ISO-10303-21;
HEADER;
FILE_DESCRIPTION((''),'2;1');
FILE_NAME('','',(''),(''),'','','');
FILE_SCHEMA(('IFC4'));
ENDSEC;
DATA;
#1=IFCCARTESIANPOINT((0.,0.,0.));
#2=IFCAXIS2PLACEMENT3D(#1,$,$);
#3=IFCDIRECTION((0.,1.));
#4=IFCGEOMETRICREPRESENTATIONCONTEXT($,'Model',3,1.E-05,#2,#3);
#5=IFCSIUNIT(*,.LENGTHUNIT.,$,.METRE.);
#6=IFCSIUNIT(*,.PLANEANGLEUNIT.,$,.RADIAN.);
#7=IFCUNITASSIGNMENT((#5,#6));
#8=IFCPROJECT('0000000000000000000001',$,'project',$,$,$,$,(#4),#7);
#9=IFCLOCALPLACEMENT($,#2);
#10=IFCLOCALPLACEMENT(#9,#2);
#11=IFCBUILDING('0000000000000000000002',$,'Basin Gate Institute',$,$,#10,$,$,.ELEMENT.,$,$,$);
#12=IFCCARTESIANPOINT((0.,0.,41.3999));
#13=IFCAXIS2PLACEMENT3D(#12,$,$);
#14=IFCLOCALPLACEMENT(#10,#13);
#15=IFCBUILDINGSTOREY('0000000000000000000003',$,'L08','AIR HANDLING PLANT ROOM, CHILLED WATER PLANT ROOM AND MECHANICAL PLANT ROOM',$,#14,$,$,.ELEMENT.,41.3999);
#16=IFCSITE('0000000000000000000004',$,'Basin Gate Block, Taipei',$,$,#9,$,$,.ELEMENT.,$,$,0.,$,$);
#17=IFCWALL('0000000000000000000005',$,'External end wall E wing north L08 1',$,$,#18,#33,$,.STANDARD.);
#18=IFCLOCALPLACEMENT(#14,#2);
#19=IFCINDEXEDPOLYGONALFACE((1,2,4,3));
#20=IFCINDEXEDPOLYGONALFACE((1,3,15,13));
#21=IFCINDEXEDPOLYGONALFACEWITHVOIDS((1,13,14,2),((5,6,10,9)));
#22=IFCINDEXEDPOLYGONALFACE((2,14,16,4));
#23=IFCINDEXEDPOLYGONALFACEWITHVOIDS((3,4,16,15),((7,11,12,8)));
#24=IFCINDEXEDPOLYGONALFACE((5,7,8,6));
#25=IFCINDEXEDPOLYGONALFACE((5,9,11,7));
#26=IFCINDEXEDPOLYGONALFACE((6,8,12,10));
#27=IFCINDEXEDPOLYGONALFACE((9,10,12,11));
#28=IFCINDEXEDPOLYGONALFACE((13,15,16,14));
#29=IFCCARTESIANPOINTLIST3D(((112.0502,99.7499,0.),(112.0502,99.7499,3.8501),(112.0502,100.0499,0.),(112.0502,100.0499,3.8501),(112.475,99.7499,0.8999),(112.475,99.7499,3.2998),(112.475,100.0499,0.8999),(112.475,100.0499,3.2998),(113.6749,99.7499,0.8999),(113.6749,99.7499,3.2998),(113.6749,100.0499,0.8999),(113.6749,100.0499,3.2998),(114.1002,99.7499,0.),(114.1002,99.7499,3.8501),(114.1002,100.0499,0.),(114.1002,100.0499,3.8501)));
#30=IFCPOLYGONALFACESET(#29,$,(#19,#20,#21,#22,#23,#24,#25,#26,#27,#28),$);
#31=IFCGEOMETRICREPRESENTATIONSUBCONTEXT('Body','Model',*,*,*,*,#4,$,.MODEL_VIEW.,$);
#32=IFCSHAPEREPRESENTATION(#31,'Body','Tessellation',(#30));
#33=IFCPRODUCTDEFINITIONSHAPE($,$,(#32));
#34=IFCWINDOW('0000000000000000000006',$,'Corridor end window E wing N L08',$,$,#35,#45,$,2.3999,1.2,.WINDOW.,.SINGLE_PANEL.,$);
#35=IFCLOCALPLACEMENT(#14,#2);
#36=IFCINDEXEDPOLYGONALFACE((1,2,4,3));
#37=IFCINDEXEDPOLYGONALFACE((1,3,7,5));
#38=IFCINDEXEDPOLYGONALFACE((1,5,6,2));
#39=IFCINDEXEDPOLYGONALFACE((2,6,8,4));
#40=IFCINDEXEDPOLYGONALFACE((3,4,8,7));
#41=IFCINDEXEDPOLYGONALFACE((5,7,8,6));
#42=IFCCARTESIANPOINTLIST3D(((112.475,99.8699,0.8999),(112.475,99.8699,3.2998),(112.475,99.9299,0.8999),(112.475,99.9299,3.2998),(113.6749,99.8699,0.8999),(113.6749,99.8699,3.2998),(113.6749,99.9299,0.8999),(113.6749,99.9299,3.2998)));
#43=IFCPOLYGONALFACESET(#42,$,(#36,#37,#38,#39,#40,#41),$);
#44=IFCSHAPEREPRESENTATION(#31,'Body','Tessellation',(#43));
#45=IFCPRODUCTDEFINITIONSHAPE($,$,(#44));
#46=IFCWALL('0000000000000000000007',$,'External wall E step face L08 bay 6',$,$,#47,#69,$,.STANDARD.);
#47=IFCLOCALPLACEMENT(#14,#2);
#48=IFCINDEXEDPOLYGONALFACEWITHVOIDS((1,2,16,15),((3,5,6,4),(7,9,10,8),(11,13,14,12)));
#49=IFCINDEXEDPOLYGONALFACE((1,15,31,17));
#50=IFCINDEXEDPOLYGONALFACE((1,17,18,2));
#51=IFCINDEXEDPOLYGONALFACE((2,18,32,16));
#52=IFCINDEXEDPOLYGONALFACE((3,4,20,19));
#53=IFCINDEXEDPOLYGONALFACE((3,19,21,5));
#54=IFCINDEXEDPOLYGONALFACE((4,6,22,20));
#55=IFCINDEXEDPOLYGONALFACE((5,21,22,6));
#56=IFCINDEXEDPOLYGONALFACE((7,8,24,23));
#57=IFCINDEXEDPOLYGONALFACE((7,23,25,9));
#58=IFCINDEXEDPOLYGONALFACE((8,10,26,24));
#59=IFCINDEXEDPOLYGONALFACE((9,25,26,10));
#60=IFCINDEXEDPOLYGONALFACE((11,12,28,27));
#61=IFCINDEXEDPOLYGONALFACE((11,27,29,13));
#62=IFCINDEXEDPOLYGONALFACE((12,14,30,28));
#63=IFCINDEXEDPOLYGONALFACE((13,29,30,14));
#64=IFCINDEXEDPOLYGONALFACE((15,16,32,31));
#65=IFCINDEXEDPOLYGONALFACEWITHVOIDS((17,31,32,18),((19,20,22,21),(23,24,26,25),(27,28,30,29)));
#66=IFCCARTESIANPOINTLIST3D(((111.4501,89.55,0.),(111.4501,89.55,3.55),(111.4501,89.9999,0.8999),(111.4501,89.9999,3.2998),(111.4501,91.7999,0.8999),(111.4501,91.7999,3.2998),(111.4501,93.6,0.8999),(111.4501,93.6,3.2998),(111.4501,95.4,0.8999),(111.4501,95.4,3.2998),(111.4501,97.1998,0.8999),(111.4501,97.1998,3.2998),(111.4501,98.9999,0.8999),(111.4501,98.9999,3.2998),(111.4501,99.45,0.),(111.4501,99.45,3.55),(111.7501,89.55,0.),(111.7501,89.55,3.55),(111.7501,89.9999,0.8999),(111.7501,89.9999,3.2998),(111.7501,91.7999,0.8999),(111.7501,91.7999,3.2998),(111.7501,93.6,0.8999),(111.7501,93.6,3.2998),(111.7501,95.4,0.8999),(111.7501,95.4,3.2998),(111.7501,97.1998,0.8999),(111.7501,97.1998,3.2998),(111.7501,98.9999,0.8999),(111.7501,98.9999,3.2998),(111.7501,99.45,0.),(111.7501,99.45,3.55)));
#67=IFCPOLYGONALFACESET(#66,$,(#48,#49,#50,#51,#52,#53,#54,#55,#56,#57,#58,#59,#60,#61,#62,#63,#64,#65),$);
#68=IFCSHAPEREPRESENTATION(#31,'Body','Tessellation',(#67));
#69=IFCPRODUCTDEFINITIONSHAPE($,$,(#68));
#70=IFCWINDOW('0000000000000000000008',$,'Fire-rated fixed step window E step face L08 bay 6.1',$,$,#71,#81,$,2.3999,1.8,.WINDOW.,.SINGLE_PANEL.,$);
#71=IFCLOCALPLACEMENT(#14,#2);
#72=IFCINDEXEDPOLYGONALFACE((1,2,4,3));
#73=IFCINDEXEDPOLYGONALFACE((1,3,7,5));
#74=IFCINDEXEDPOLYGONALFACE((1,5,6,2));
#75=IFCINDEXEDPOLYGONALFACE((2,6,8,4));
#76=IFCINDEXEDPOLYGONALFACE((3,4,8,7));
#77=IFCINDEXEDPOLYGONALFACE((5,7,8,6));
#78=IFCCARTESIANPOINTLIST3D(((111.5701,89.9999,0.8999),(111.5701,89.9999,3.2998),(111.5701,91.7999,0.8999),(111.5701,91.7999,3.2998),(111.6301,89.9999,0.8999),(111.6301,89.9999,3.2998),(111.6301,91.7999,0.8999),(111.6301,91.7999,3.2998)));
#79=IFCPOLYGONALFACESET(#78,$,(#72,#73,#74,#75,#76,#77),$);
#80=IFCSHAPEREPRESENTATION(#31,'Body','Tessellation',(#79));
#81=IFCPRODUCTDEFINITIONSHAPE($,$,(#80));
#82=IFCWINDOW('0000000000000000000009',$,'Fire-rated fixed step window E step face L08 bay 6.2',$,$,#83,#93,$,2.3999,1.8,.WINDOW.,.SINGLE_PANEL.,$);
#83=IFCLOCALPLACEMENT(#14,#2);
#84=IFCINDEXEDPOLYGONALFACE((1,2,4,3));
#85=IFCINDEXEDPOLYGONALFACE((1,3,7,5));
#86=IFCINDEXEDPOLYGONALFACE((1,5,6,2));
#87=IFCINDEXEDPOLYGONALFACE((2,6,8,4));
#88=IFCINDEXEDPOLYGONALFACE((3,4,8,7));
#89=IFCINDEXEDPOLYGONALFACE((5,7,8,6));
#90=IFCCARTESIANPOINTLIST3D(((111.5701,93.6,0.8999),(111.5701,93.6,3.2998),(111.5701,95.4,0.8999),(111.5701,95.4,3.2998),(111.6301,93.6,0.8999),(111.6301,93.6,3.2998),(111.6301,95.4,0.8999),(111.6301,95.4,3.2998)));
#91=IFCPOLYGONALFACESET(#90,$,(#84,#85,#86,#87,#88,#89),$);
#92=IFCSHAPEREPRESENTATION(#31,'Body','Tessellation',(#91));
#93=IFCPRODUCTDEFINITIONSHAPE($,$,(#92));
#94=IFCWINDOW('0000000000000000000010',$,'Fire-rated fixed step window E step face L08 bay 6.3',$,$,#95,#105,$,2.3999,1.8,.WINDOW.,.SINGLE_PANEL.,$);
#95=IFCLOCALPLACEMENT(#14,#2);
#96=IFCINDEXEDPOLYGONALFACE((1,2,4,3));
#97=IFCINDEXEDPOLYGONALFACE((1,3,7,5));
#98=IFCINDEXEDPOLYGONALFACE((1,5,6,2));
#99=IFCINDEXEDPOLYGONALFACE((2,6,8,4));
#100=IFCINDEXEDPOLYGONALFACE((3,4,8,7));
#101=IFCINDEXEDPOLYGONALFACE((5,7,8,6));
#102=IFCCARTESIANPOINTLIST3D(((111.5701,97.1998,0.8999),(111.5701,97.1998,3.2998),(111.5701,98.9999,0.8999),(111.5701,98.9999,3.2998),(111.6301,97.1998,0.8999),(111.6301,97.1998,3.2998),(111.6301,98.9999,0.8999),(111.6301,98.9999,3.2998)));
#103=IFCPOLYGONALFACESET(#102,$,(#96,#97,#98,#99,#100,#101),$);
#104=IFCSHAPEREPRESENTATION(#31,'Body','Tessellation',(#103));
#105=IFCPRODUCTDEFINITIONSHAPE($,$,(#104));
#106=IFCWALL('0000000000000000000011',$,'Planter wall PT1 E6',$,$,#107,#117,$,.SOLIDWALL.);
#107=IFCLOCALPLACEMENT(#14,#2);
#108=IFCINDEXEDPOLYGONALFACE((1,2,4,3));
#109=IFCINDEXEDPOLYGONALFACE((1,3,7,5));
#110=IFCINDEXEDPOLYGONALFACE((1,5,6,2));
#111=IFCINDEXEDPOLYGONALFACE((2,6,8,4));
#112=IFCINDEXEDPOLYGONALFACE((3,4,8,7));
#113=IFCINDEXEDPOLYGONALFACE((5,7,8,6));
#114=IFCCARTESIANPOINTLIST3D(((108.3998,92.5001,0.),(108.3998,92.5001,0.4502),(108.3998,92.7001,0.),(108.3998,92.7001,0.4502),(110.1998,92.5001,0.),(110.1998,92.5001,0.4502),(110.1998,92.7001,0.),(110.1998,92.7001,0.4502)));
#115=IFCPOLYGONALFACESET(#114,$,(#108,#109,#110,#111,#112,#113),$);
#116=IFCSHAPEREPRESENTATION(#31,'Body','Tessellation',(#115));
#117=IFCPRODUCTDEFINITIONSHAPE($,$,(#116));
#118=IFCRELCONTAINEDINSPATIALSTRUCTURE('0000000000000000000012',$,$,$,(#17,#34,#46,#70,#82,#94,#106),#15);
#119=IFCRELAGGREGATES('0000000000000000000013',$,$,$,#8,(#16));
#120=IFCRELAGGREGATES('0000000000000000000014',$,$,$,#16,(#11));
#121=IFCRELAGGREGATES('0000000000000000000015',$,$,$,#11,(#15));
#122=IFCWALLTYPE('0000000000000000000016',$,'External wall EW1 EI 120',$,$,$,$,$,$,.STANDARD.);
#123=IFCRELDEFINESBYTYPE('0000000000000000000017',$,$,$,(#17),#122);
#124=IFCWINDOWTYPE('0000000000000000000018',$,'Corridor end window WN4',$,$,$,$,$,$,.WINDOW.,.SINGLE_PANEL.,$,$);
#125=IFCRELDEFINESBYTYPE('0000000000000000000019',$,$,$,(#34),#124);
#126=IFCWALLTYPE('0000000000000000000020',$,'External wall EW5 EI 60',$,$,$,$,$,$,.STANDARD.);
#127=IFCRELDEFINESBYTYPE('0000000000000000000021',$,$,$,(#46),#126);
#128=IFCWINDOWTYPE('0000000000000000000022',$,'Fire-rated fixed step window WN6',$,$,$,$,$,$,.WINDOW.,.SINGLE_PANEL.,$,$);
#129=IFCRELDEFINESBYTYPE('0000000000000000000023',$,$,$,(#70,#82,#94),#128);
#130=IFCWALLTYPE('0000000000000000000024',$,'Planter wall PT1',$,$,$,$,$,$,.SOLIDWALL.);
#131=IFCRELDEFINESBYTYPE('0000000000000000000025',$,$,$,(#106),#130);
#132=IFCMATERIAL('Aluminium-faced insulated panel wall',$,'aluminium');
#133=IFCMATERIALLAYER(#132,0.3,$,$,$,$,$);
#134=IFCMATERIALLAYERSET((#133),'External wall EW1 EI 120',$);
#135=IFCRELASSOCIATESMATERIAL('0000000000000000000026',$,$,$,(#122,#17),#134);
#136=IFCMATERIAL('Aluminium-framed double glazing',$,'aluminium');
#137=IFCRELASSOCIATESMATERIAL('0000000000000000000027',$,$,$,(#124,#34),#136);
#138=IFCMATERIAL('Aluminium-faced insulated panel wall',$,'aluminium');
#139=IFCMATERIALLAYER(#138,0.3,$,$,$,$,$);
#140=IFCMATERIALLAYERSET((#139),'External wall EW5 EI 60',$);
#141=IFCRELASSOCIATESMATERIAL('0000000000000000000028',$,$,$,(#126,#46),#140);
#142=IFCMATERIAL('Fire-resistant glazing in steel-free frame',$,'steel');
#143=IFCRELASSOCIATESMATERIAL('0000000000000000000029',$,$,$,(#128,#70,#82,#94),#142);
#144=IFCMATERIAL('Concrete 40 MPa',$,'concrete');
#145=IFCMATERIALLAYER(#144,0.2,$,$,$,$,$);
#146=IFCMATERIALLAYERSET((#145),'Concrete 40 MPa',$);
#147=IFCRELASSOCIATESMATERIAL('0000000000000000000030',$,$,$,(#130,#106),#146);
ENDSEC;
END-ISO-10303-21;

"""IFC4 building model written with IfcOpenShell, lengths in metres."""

from ifc_helpers import new_model, si_unit, direction, frame, frame_2d, origin, place, context, subcontext, project, spatial, rectangle, extrude, material, layer, layer_set, type_object, element, fill, save


model = new_model("IFC4")

# Units and contexts
model_context = context("Model", 3, precision=1e-05, world=origin(), true_north=direction((0.0, 1.0)))
body_context = subcontext(model_context, "Body", "Model", "MODEL_VIEW")
ifc_project = project(units=[si_unit("LENGTHUNIT", "METRE"), si_unit("PLANEANGLEUNIT", "RADIAN")], contexts=[model_context])

# Site, building, storey
site_placement = place(None, origin())
site = spatial("IfcSite", under=ifc_project, at=site_placement, Name="Basin Gate Block, Taipei", CompositionType="ELEMENT", RefElevation=0.0)
building_placement = place(site_placement, origin())
building = spatial("IfcBuilding", under=site, at=building_placement, Name="Basin Gate Institute", CompositionType="ELEMENT")
storey_placement = place(building_placement, frame((0.0, 0.0, 41.3999)))
storey = spatial("IfcBuildingStorey", under=building, at=storey_placement, Name="L08", Description="AIR HANDLING PLANT ROOM, CHILLED WATER PLANT ROOM AND MECHANICAL PLANT ROOM", CompositionType="ELEMENT", Elevation=41.3999)

# Wall, opening, window
ifc_material_1 = material(Name="Aluminium-faced insulated panel wall", Category="aluminium")
ifc_layer_1 = layer(ifc_material_1, 0.3)
ifc_layer_set_1 = layer_set([ifc_layer_1], Name="External wall EW1 EI 120")
wall_type_1 = type_object("IfcWallType", Name="External wall EW1 EI 120", PredefinedType="STANDARD", material=ifc_layer_set_1)
wall_1_placement = place(storey_placement, frame((114.1001, 99.8999, 0.0), z_axis=(0.0, 0.0, 1.0), x_axis=(-1.0, 0.0, 0.0)))
wall_1 = element("IfcWall", 1, at=wall_1_placement, inside=storey, type_object=wall_type_1, material=ifc_layer_set_1, Name="External end wall E wing north L08 1", PredefinedType="STANDARD", context=body_context, shape_type="SweptSolid", body=[
    extrude(rectangle(XDim=2.05, YDim=0.3, at=frame_2d((1.0249, 0.0))), origin(), (0.0, 0.0, 1.0), 3.8501),
])
opening_1_placement = place(wall_1_placement, frame((0.425, 0.0, 0.8999)))
opening_1 = element("IfcOpeningElement", 2, at=opening_1_placement, cuts=wall_1, PredefinedType="OPENING", context=body_context, shape_type="SweptSolid", body=[
    extrude(rectangle(XDim=1.2, YDim=2.3999, at=frame_2d((0.6001, 1.2))), frame((0.0, 0.1602, 0.0), z_axis=(0.0, -1.0, 0.0), x_axis=(1.0, 0.0, 0.0)), (0.0, 0.0, 1.0), 0.3201),
])
ifc_material_2 = material(Name="Aluminium-framed double glazing", Category="aluminium")
window_type_1 = type_object("IfcWindowType", Name="Corridor end window WN4", PartitioningType="SINGLE_PANEL", PredefinedType="WINDOW", material=ifc_material_2)
window_1_placement = place(opening_1_placement, origin())
window_1 = element("IfcWindow", 3, at=window_1_placement, inside=storey, type_object=window_type_1, material=ifc_material_2, Name="Corridor end window E wing N L08", OverallHeight=2.3999, OverallWidth=1.2, PartitioningType="SINGLE_PANEL", PredefinedType="WINDOW", context=body_context, shape_type="SweptSolid", body=[
    extrude(rectangle(XDim=1.2, YDim=2.3999, at=frame_2d((0.6001, 1.2))), frame((0.0, 0.03, 0.0), z_axis=(0.0, -1.0, 0.0), x_axis=(1.0, 0.0, 0.0)), (0.0, 0.0, 1.0), 0.0601),
])
fill(opening_1, window_1)

# Wall, openings, windows
ifc_material_3 = material(Name="Aluminium-faced insulated panel wall", Category="aluminium")
ifc_layer_2 = layer(ifc_material_3, 0.3)
ifc_layer_set_2 = layer_set([ifc_layer_2], Name="External wall EW5 EI 60")
wall_type_2 = type_object("IfcWallType", Name="External wall EW5 EI 60", PredefinedType="STANDARD", material=ifc_layer_set_2)
wall_2_placement = place(storey_placement, frame((111.6001, 89.55, 0.0), z_axis=(0.0, 0.0, 1.0), x_axis=(0.0, 1.0, 0.0)))
wall_2 = element("IfcWall", 4, at=wall_2_placement, inside=storey, type_object=wall_type_2, material=ifc_layer_set_2, Name="External wall E step face L08 bay 6", PredefinedType="STANDARD", context=body_context, shape_type="SweptSolid", body=[
    extrude(rectangle(XDim=9.8999, YDim=0.3, at=frame_2d((4.95, 0.0))), origin(), (0.0, 0.0, 1.0), 3.55),
])
opening_2_placement = place(wall_2_placement, frame((0.45, 0.0, 0.8999)))
opening_2 = element("IfcOpeningElement", 5, at=opening_2_placement, cuts=wall_2, PredefinedType="OPENING", context=body_context, shape_type="SweptSolid", body=[
    extrude(rectangle(XDim=1.8, YDim=2.3999, at=frame_2d((0.8999, 1.2))), frame((0.0, 0.1602, 0.0), z_axis=(0.0, -1.0, 0.0), x_axis=(1.0, 0.0, 0.0)), (0.0, 0.0, 1.0), 0.3201),
])
opening_3_placement = place(wall_2_placement, frame((4.05, 0.0, 0.8999)))
opening_3 = element("IfcOpeningElement", 6, at=opening_3_placement, cuts=wall_2, PredefinedType="OPENING", context=body_context, shape_type="SweptSolid", body=[
    extrude(rectangle(XDim=1.8, YDim=2.3999, at=frame_2d((0.8999, 1.2))), frame((0.0, 0.1602, 0.0), z_axis=(0.0, -1.0, 0.0), x_axis=(1.0, 0.0, 0.0)), (0.0, 0.0, 1.0), 0.3201),
])
opening_4_placement = place(wall_2_placement, frame((7.6499, 0.0, 0.8999)))
opening_4 = element("IfcOpeningElement", 7, at=opening_4_placement, cuts=wall_2, PredefinedType="OPENING", context=body_context, shape_type="SweptSolid", body=[
    extrude(rectangle(XDim=1.8, YDim=2.3999, at=frame_2d((0.8999, 1.2))), frame((0.0, 0.1602, 0.0), z_axis=(0.0, -1.0, 0.0), x_axis=(1.0, 0.0, 0.0)), (0.0, 0.0, 1.0), 0.3201),
])
ifc_material_4 = material(Name="Fire-resistant glazing in steel-free frame", Category="steel")
window_type_2 = type_object("IfcWindowType", Name="Fire-rated fixed step window WN6", PartitioningType="SINGLE_PANEL", PredefinedType="WINDOW", material=ifc_material_4)
window_2_placement = place(opening_2_placement, origin())
window_2 = element("IfcWindow", 8, at=window_2_placement, inside=storey, type_object=window_type_2, material=ifc_material_4, Name="Fire-rated fixed step window E step face L08 bay 6.1", OverallHeight=2.3999, OverallWidth=1.8, PartitioningType="SINGLE_PANEL", PredefinedType="WINDOW", context=body_context, shape_type="SweptSolid", body=[
    extrude(rectangle(XDim=1.8, YDim=2.3999, at=frame_2d((0.8999, 1.2))), frame((0.0, 0.03, 0.0), z_axis=(0.0, -1.0, 0.0), x_axis=(1.0, 0.0, 0.0)), (0.0, 0.0, 1.0), 0.0601),
])
fill(opening_2, window_2)
window_3_placement = place(opening_3_placement, origin())
window_3 = element("IfcWindow", 9, at=window_3_placement, inside=storey, type_object=window_type_2, material=ifc_material_4, Name="Fire-rated fixed step window E step face L08 bay 6.2", OverallHeight=2.3999, OverallWidth=1.8, PartitioningType="SINGLE_PANEL", PredefinedType="WINDOW", context=body_context, shape_type="SweptSolid", body=[
    extrude(rectangle(XDim=1.8, YDim=2.3999, at=frame_2d((0.8999, 1.2))), frame((0.0, 0.03, 0.0), z_axis=(0.0, -1.0, 0.0), x_axis=(1.0, 0.0, 0.0)), (0.0, 0.0, 1.0), 0.0601),
])
fill(opening_3, window_3)
window_4_placement = place(opening_4_placement, origin())
window_4 = element("IfcWindow", 10, at=window_4_placement, inside=storey, type_object=window_type_2, material=ifc_material_4, Name="Fire-rated fixed step window E step face L08 bay 6.3", OverallHeight=2.3999, OverallWidth=1.8, PartitioningType="SINGLE_PANEL", PredefinedType="WINDOW", context=body_context, shape_type="SweptSolid", body=[
    extrude(rectangle(XDim=1.8, YDim=2.3999, at=frame_2d((0.8999, 1.2))), frame((0.0, 0.03, 0.0), z_axis=(0.0, -1.0, 0.0), x_axis=(1.0, 0.0, 0.0)), (0.0, 0.0, 1.0), 0.0601),
])
fill(opening_4, window_4)

# Wall
ifc_material_5 = material(Name="Concrete 40 MPa", Category="concrete")
ifc_layer_3 = layer(ifc_material_5, 0.2)
ifc_layer_set_3 = layer_set([ifc_layer_3], Name="Concrete 40 MPa")
wall_type_3 = type_object("IfcWallType", Name="Planter wall PT1", PredefinedType="SOLIDWALL", material=ifc_layer_set_3)
wall_3_placement = place(storey_placement, frame((108.3999, 92.6001, 0.0), z_axis=(0.0, 0.0, 1.0), x_axis=(1.0, 0.0, 0.0)))
element("IfcWall", 11, at=wall_3_placement, inside=storey, type_object=wall_type_3, material=ifc_layer_set_3, Name="Planter wall PT1 E6", PredefinedType="SOLIDWALL", context=body_context, shape_type="SweptSolid", body=[
    extrude(rectangle(XDim=1.8, YDim=0.2, at=frame_2d((0.8999, 0.0))), origin(), (0.0, 0.0, 1.0), 0.4502),
])

save(model, "model.ifc")
